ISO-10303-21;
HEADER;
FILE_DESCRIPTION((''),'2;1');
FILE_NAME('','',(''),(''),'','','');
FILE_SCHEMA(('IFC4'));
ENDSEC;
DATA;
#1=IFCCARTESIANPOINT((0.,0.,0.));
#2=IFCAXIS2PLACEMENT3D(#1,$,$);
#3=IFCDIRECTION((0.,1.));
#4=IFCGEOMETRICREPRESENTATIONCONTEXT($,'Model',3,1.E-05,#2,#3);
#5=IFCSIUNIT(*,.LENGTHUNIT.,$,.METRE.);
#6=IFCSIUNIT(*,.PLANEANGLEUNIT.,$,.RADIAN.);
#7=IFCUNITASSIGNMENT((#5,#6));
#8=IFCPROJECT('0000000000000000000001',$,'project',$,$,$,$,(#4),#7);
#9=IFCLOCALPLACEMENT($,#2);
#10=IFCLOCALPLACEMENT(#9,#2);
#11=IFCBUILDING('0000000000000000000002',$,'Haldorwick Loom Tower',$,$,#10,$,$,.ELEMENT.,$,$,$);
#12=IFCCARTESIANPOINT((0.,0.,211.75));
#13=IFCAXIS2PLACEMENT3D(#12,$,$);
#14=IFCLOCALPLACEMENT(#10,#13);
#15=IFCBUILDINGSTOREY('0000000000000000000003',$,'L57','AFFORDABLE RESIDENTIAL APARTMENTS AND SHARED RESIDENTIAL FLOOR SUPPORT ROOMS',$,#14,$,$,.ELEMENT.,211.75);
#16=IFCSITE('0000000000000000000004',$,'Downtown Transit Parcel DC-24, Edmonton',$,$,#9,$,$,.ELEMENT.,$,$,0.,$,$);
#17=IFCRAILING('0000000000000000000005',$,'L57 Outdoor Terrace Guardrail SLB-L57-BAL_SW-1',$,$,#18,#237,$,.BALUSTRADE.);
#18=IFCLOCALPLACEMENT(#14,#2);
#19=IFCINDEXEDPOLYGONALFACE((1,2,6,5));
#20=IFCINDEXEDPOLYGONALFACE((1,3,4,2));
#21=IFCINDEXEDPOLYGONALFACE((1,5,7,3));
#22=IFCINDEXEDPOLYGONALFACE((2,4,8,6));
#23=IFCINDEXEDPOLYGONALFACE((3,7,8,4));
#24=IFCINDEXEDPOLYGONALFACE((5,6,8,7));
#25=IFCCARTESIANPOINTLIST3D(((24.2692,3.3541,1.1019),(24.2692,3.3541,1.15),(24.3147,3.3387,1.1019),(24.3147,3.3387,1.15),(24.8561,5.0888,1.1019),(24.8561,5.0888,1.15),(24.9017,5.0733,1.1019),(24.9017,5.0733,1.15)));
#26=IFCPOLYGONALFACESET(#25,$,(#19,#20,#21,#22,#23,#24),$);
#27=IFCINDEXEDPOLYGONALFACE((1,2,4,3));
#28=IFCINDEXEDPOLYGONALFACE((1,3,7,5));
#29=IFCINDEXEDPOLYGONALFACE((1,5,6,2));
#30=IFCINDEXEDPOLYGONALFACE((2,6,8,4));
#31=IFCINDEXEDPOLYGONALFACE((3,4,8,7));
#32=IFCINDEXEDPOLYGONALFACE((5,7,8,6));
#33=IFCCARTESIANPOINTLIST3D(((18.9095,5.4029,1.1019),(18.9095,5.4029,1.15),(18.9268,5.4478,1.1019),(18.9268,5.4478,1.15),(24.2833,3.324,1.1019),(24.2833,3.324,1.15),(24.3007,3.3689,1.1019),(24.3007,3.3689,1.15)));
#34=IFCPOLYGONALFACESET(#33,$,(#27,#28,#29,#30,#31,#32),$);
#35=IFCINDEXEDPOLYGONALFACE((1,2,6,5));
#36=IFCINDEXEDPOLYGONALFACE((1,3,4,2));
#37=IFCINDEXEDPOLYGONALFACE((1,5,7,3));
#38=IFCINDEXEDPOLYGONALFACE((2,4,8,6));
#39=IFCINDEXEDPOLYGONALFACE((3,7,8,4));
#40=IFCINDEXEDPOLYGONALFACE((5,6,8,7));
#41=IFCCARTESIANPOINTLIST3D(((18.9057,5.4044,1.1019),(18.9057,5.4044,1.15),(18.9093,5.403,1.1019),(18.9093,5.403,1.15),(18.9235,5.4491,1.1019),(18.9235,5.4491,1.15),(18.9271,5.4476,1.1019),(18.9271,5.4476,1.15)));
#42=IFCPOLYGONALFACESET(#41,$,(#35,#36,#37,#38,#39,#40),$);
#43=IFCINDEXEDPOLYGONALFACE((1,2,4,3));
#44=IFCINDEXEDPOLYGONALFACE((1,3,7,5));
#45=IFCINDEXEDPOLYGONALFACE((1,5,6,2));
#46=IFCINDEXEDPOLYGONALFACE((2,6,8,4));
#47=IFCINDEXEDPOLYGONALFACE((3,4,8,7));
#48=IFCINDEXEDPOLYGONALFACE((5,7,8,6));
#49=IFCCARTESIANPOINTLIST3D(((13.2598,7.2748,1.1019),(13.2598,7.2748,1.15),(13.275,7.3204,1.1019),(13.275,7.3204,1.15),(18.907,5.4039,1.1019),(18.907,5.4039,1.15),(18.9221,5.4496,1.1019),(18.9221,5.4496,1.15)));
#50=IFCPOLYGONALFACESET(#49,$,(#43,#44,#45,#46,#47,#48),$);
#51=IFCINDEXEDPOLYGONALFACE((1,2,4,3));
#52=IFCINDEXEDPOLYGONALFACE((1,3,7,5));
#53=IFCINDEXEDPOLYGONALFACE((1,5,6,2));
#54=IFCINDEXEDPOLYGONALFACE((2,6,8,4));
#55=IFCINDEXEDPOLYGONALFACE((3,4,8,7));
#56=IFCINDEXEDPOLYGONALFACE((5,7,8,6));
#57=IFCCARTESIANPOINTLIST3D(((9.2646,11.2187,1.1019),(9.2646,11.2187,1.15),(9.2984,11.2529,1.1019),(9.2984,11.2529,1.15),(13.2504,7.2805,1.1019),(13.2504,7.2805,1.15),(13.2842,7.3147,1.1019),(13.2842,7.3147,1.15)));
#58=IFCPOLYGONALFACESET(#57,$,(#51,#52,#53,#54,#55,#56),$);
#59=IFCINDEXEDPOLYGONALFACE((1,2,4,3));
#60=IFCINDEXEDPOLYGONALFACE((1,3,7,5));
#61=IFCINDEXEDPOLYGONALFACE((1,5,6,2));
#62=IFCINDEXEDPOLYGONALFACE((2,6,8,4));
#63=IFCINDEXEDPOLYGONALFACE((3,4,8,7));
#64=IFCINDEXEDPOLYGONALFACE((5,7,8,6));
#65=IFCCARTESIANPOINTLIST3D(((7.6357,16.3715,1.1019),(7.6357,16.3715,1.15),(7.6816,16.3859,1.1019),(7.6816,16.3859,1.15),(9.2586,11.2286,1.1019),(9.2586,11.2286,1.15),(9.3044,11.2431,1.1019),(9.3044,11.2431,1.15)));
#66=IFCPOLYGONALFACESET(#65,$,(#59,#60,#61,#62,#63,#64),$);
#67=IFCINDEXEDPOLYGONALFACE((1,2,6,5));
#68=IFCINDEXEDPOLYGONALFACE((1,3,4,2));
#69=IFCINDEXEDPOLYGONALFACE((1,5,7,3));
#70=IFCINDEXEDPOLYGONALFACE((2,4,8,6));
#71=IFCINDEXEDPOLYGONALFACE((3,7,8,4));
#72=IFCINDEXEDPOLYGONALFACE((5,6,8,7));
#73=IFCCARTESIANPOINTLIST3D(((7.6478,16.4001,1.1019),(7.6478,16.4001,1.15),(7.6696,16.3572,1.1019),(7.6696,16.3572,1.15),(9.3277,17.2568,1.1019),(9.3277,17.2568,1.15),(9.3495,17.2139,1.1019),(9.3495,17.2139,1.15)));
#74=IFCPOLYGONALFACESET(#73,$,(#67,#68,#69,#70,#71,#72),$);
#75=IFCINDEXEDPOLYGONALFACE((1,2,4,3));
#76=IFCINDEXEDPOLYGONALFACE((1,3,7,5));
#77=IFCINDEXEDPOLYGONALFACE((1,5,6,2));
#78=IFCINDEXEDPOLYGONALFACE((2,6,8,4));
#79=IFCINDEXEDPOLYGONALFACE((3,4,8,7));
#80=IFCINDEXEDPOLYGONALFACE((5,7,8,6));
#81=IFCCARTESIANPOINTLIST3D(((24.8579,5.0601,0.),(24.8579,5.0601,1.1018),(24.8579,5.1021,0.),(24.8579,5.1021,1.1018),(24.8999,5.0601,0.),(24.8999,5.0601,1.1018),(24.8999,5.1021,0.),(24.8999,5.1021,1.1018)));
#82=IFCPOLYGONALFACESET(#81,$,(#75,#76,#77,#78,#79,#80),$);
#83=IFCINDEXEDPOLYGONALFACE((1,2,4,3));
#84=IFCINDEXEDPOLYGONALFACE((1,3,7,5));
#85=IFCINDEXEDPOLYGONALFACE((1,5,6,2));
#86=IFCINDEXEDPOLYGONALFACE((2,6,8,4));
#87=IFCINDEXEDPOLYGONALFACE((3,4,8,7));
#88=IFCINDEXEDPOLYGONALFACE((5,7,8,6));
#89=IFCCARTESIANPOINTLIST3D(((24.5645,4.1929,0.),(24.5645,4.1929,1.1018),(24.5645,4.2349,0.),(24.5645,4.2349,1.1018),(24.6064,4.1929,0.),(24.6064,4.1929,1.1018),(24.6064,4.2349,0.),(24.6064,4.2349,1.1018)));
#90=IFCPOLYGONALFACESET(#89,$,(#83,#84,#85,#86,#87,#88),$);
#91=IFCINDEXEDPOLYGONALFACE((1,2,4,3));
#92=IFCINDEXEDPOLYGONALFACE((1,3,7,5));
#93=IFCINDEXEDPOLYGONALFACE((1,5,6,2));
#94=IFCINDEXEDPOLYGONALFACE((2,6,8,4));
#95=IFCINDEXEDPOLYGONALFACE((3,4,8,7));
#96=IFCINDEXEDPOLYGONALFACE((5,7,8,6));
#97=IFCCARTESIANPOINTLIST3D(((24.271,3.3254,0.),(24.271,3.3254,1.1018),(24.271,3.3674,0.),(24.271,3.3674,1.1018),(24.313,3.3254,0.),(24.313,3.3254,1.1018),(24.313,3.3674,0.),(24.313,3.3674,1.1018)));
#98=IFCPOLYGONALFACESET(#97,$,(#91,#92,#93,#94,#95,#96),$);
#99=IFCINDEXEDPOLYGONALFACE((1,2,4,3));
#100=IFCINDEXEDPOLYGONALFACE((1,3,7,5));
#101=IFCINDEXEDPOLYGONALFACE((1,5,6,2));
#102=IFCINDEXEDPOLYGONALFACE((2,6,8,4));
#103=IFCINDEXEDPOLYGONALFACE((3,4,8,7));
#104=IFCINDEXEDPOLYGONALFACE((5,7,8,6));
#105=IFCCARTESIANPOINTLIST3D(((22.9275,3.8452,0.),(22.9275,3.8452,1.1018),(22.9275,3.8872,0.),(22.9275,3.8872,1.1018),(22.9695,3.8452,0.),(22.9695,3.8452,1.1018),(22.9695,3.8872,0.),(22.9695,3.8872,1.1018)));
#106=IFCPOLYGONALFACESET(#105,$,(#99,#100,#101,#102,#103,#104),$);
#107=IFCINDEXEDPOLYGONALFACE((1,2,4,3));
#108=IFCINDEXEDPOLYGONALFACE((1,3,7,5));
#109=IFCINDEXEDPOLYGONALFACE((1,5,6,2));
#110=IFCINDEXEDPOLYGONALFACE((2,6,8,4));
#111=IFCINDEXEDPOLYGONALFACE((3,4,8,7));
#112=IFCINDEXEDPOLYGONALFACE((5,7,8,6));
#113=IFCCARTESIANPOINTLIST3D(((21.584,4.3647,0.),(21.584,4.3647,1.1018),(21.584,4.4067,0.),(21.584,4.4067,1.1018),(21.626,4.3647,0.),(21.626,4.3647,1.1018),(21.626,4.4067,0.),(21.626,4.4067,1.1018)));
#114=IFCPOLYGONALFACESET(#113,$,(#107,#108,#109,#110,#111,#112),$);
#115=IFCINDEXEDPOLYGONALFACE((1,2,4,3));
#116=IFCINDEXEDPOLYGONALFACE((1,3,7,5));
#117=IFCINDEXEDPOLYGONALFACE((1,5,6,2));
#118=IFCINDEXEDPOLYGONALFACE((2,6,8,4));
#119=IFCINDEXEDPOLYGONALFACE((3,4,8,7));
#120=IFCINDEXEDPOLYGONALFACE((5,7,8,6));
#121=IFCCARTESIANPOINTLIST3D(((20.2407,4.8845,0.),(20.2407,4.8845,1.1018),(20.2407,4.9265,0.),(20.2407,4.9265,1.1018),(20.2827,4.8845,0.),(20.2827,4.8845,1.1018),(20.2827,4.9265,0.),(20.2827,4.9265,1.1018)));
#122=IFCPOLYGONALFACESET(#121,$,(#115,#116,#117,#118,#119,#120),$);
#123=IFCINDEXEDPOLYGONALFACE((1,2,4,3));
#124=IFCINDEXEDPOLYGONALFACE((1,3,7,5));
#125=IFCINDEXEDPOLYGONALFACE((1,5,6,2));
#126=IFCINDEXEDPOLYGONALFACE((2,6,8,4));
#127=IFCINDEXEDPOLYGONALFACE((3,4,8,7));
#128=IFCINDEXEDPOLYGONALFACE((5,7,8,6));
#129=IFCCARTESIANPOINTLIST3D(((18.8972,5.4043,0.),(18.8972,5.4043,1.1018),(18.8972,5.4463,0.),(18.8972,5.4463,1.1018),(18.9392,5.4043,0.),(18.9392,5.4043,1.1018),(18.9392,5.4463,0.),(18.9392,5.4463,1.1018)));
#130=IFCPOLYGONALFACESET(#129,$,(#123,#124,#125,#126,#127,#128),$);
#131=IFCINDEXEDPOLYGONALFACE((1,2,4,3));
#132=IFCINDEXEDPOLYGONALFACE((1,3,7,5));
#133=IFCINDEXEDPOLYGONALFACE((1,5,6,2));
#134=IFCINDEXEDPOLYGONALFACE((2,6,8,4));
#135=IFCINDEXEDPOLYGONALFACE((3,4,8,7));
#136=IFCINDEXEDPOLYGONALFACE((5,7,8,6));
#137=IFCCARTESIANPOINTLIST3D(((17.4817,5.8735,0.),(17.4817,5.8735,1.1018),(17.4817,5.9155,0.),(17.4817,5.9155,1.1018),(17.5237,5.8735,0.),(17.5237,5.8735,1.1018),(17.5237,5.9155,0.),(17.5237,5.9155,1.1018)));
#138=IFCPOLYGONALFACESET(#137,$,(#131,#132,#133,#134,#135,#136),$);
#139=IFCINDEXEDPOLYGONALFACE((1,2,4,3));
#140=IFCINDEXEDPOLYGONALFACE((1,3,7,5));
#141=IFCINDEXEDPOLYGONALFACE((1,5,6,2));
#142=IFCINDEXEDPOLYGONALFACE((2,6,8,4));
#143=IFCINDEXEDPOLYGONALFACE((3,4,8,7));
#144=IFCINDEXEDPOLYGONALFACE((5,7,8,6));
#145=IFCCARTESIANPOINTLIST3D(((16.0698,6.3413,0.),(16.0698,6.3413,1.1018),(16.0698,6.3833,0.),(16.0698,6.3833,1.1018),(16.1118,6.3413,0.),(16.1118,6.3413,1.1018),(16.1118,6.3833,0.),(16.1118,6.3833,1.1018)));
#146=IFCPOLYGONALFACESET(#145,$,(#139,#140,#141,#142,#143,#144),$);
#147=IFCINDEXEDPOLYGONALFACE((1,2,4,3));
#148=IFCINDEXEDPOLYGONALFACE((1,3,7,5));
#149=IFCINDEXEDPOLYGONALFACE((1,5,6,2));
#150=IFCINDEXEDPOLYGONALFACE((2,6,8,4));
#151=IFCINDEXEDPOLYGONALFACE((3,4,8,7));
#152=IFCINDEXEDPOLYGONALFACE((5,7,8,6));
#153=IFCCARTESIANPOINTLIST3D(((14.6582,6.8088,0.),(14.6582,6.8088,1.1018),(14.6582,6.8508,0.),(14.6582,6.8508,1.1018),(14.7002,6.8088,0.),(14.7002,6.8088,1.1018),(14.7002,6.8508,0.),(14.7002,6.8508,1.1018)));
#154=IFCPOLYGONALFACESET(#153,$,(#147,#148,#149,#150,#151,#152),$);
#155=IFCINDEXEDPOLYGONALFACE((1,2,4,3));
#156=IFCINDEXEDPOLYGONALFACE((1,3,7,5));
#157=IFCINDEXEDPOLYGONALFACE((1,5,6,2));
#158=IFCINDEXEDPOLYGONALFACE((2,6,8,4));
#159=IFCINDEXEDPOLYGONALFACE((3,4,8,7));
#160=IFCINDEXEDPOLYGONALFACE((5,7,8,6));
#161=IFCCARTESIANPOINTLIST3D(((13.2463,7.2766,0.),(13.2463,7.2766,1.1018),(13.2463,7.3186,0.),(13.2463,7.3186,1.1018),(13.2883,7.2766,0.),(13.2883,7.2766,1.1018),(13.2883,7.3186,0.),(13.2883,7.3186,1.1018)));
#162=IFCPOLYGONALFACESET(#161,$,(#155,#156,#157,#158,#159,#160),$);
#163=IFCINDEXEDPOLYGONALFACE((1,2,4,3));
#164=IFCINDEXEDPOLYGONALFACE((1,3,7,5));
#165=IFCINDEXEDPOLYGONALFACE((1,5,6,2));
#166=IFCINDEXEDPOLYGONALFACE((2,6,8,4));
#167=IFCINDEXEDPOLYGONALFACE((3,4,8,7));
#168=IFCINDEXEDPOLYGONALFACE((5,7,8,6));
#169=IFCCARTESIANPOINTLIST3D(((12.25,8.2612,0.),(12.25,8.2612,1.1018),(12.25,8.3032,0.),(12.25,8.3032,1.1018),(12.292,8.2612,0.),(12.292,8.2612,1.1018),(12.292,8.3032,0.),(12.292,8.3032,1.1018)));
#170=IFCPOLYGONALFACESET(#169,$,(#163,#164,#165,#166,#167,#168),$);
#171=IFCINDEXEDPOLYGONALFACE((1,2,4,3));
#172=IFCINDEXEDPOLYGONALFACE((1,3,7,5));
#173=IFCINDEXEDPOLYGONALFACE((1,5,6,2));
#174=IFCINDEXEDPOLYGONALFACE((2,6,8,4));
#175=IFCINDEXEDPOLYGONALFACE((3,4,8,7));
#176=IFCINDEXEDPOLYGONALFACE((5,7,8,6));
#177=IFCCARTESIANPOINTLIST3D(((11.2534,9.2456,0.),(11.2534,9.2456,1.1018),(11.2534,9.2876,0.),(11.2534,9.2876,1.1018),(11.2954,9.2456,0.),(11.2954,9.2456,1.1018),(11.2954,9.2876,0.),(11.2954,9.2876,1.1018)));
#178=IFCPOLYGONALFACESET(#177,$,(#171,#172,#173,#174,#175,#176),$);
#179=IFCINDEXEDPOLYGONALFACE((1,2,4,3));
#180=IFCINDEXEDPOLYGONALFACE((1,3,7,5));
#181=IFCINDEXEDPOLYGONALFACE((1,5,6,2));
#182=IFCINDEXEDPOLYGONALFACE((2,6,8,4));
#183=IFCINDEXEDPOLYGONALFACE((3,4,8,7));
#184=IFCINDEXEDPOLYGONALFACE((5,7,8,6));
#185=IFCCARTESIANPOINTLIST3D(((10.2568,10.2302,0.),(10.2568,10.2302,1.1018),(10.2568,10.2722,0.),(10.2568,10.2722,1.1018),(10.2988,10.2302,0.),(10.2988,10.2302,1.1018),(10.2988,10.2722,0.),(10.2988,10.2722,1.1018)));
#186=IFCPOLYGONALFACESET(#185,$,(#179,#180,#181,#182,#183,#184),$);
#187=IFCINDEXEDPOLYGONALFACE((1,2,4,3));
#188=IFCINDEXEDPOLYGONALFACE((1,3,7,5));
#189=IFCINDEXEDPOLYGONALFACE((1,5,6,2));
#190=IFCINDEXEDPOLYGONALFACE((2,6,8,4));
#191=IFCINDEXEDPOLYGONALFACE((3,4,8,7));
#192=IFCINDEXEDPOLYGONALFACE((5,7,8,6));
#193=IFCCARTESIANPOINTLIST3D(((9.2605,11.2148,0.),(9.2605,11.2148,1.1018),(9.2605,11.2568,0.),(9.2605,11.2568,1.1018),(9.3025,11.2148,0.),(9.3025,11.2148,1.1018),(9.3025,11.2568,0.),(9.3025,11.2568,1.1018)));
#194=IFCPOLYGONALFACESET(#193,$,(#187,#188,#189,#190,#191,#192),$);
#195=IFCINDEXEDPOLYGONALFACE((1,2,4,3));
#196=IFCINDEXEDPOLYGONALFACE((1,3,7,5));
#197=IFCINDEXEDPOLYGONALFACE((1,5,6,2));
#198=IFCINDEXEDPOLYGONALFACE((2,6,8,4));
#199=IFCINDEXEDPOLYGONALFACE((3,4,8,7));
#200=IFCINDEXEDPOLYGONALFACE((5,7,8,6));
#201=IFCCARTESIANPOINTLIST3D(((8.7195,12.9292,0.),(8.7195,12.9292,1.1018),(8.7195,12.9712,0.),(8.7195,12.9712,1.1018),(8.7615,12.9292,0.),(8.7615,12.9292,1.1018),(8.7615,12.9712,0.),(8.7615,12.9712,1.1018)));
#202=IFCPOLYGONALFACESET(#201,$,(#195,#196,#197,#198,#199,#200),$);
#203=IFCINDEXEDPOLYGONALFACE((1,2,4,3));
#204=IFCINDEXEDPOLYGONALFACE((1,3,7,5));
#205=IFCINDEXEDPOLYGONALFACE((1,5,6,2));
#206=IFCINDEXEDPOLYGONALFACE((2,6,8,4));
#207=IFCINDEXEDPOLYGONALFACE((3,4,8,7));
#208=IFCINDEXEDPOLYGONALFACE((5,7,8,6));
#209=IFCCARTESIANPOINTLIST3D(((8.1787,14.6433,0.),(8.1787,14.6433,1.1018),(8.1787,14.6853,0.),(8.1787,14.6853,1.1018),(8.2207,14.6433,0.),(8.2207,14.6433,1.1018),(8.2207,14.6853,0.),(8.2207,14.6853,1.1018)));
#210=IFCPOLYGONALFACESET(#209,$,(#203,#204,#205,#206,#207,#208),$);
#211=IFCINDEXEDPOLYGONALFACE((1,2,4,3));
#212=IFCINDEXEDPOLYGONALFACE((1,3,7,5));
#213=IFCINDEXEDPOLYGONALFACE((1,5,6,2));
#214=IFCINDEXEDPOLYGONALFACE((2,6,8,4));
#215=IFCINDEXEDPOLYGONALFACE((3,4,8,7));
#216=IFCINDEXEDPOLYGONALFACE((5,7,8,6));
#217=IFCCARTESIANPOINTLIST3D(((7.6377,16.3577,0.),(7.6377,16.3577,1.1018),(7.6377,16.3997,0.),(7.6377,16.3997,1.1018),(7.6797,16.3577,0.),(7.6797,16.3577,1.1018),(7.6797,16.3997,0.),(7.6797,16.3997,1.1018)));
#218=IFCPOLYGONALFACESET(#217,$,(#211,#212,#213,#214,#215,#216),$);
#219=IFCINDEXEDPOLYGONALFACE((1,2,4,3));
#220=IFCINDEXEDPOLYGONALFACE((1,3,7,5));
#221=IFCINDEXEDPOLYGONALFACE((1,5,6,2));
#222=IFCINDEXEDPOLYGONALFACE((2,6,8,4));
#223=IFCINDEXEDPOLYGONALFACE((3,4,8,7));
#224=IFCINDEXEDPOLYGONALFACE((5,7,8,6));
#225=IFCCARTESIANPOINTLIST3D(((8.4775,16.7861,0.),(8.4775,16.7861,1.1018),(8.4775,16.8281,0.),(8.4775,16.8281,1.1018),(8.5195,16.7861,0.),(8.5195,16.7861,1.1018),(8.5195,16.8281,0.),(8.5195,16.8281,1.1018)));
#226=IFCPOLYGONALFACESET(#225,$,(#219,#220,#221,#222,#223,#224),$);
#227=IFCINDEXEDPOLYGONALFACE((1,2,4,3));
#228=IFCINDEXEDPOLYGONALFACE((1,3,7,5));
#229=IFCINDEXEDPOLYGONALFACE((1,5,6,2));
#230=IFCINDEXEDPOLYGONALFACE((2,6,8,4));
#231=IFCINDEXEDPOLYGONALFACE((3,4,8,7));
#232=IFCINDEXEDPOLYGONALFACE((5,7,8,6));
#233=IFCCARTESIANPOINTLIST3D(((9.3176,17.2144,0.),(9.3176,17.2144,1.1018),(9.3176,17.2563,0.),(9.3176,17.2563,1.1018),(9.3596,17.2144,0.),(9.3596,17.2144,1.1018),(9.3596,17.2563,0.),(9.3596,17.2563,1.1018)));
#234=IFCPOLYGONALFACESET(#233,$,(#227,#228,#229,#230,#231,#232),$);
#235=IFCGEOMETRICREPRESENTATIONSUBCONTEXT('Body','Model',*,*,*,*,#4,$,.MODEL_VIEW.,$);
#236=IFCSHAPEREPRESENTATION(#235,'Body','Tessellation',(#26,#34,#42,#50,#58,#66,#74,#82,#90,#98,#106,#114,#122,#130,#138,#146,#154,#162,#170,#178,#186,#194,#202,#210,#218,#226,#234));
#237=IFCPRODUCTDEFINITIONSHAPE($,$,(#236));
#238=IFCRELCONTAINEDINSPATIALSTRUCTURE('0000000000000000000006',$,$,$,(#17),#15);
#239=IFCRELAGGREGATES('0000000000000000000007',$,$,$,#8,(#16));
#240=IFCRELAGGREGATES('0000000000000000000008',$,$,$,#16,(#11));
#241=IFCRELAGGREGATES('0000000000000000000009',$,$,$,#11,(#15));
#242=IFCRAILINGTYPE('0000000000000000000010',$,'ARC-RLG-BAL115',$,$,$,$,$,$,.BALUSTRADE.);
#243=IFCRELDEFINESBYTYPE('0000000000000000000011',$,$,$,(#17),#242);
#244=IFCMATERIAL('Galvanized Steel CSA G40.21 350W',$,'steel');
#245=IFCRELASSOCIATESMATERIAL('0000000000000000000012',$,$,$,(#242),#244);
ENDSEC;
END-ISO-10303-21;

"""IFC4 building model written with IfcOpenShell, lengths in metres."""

from ifc_helpers import new_model, si_unit, direction, frame, origin, origin_2d, place, context, subcontext, project, spatial, rectangle, extrude, material, type_object, element, save


model = new_model("IFC4")

# Units and contexts
model_context = context("Model", 3, precision=1e-05, world=origin(), true_north=direction((0.0, 1.0)))
body_context = subcontext(model_context, "Body", "Model", "MODEL_VIEW")
ifc_project = project(units=[si_unit("LENGTHUNIT", "METRE"), si_unit("PLANEANGLEUNIT", "RADIAN")], contexts=[model_context])

# Site, building, storey
site_placement = place(None, origin())
site = spatial("IfcSite", under=ifc_project, at=site_placement, Name="Downtown Transit Parcel DC-24, Edmonton", CompositionType="ELEMENT", RefElevation=0.0)
building_placement = place(site_placement, origin())
building = spatial("IfcBuilding", under=site, at=building_placement, Name="Haldorwick Loom Tower", CompositionType="ELEMENT")
storey_placement = place(building_placement, frame((0.0, 0.0, 211.75)))
storey = spatial("IfcBuildingStorey", under=building, at=storey_placement, Name="L57", Description="AFFORDABLE RESIDENTIAL APARTMENTS AND SHARED RESIDENTIAL FLOOR SUPPORT ROOMS", CompositionType="ELEMENT", Elevation=211.75)

# Railing
ifc_material_1 = material(Name="Galvanized Steel CSA G40.21 350W", Category="steel")
railing_type = type_object("IfcRailingType", Name="ARC-RLG-BAL115", PredefinedType="BALUSTRADE", material=ifc_material_1)
railing_placement = place(storey_placement, frame((24.8789, 5.0811, 0.0)))
element("IfcRailing", 1, at=railing_placement, inside=storey, type_object=railing_type, Name="L57 Outdoor Terrace Guardrail SLB-L57-BAL_SW-1", PredefinedType="BALUSTRADE", context=body_context, shape_type="SweptSolid", body=[
    extrude(rectangle(XDim=0.0481, YDim=0.0481, at=origin_2d()), frame((0.0, 0.0, 1.126), z_axis=(-0.320504, -0.947247, 0.0), x_axis=(0.947247, -0.320504, 0.0)), (0.0, 0.0, 1.0), 1.8313),
    extrude(rectangle(XDim=0.0481, YDim=0.0481, at=origin_2d()), frame((-0.5869, -1.7346, 1.126), z_axis=(-0.932645, 0.360796, 0.0), x_axis=(-0.360796, -0.932645, 0.0)), (0.0, 0.0, 1.0), 5.762),
    extrude(rectangle(XDim=0.0481, YDim=0.0481, at=origin_2d()), frame((-5.9607, 0.3442, 1.126), z_axis=(-0.928477, 0.371391, 0.0), x_axis=(-0.371391, -0.928477, 0.0)), (0.0, 0.0, 1.0), 0.0039),
    extrude(rectangle(XDim=0.0481, YDim=0.0481, at=origin_2d()), frame((-5.9644, 0.3457, 1.126), z_axis=(-0.949264, 0.314479, 0.0), x_axis=(-0.314479, -0.949264, 0.0)), (0.0, 0.0, 1.0), 5.949),
    extrude(rectangle(XDim=0.0481, YDim=0.0481, at=origin_2d()), frame((-11.6116, 2.2166, 1.126), z_axis=(-0.711342, 0.702846, 0.0), x_axis=(-0.702846, -0.711342, 0.0)), (0.0, 0.0, 1.0), 5.6033),
    extrude(rectangle(XDim=0.0481, YDim=0.0481, at=origin_2d()), frame((-15.5974, 6.1548, 1.126), z_axis=(-0.300921, 0.953649, 0.0), x_axis=(-0.953649, -0.300921, 0.0)), (0.0, 0.0, 1.0), 5.3928),
    extrude(rectangle(XDim=0.0481, YDim=0.0481, at=origin_2d()), frame((-17.2202, 11.2976, 1.126), z_axis=(0.890852, 0.454294, 0.0), x_axis=(-0.454294, 0.890852, 0.0)), (0.0, 0.0, 1.0), 1.8857),
    extrude(rectangle(XDim=0.042, YDim=0.042, at=origin_2d()), origin(), (0.0, 0.0, 1.0), 1.1018),
    extrude(rectangle(XDim=0.042, YDim=0.042, at=origin_2d()), frame((-0.2935, -0.8672, 0.0)), (0.0, 0.0, 1.0), 1.1018),
    extrude(rectangle(XDim=0.042, YDim=0.042, at=origin_2d()), frame((-0.5869, -1.7346, 0.0)), (0.0, 0.0, 1.0), 1.1018),
    extrude(rectangle(XDim=0.042, YDim=0.042, at=origin_2d()), frame((-1.9304, -1.2148, 0.0)), (0.0, 0.0, 1.0), 1.1018),
    extrude(rectangle(XDim=0.042, YDim=0.042, at=origin_2d()), frame((-3.2739, -0.6953, 0.0)), (0.0, 0.0, 1.0), 1.1018),
    extrude(rectangle(XDim=0.042, YDim=0.042, at=origin_2d()), frame((-4.6172, -0.1755, 0.0)), (0.0, 0.0, 1.0), 1.1018),
    extrude(rectangle(XDim=0.042, YDim=0.042, at=origin_2d()), frame((-5.9607, 0.3442, 0.0)), (0.0, 0.0, 1.0), 1.1018),
    extrude(rectangle(XDim=0.042, YDim=0.042, at=origin_2d()), frame((-7.3762, 0.8135, 0.0)), (0.0, 0.0, 1.0), 1.1018),
    extrude(rectangle(XDim=0.042, YDim=0.042, at=origin_2d()), frame((-8.7881, 1.2812, 0.0)), (0.0, 0.0, 1.0), 1.1018),
    extrude(rectangle(XDim=0.042, YDim=0.042, at=origin_2d()), frame((-10.1997, 1.7488, 0.0)), (0.0, 0.0, 1.0), 1.1018),
    extrude(rectangle(XDim=0.042, YDim=0.042, at=origin_2d()), frame((-11.6116, 2.2166, 0.0)), (0.0, 0.0, 1.0), 1.1018),
    extrude(rectangle(XDim=0.042, YDim=0.042, at=origin_2d()), frame((-12.6079, 3.2012, 0.0)), (0.0, 0.0, 1.0), 1.1018),
    extrude(rectangle(XDim=0.042, YDim=0.042, at=origin_2d()), frame((-13.6045, 4.1855, 0.0)), (0.0, 0.0, 1.0), 1.1018),
    extrude(rectangle(XDim=0.042, YDim=0.042, at=origin_2d()), frame((-14.6011, 5.1702, 0.0)), (0.0, 0.0, 1.0), 1.1018),
    extrude(rectangle(XDim=0.042, YDim=0.042, at=origin_2d()), frame((-15.5974, 6.1548, 0.0)), (0.0, 0.0, 1.0), 1.1018),
    extrude(rectangle(XDim=0.042, YDim=0.042, at=origin_2d()), frame((-16.1384, 7.8691, 0.0)), (0.0, 0.0, 1.0), 1.1018),
    extrude(rectangle(XDim=0.042, YDim=0.042, at=origin_2d()), frame((-16.6792, 9.5833, 0.0)), (0.0, 0.0, 1.0), 1.1018),
    extrude(rectangle(XDim=0.042, YDim=0.042, at=origin_2d()), frame((-17.2202, 11.2976, 0.0)), (0.0, 0.0, 1.0), 1.1018),
    extrude(rectangle(XDim=0.042, YDim=0.042, at=origin_2d()), frame((-16.3804, 11.7261, 0.0)), (0.0, 0.0, 1.0), 1.1018),
    extrude(rectangle(XDim=0.042, YDim=0.042, at=origin_2d()), frame((-15.5403, 12.1543, 0.0)), (0.0, 0.0, 1.0), 1.1018),
])

save(model, "model.ifc")
